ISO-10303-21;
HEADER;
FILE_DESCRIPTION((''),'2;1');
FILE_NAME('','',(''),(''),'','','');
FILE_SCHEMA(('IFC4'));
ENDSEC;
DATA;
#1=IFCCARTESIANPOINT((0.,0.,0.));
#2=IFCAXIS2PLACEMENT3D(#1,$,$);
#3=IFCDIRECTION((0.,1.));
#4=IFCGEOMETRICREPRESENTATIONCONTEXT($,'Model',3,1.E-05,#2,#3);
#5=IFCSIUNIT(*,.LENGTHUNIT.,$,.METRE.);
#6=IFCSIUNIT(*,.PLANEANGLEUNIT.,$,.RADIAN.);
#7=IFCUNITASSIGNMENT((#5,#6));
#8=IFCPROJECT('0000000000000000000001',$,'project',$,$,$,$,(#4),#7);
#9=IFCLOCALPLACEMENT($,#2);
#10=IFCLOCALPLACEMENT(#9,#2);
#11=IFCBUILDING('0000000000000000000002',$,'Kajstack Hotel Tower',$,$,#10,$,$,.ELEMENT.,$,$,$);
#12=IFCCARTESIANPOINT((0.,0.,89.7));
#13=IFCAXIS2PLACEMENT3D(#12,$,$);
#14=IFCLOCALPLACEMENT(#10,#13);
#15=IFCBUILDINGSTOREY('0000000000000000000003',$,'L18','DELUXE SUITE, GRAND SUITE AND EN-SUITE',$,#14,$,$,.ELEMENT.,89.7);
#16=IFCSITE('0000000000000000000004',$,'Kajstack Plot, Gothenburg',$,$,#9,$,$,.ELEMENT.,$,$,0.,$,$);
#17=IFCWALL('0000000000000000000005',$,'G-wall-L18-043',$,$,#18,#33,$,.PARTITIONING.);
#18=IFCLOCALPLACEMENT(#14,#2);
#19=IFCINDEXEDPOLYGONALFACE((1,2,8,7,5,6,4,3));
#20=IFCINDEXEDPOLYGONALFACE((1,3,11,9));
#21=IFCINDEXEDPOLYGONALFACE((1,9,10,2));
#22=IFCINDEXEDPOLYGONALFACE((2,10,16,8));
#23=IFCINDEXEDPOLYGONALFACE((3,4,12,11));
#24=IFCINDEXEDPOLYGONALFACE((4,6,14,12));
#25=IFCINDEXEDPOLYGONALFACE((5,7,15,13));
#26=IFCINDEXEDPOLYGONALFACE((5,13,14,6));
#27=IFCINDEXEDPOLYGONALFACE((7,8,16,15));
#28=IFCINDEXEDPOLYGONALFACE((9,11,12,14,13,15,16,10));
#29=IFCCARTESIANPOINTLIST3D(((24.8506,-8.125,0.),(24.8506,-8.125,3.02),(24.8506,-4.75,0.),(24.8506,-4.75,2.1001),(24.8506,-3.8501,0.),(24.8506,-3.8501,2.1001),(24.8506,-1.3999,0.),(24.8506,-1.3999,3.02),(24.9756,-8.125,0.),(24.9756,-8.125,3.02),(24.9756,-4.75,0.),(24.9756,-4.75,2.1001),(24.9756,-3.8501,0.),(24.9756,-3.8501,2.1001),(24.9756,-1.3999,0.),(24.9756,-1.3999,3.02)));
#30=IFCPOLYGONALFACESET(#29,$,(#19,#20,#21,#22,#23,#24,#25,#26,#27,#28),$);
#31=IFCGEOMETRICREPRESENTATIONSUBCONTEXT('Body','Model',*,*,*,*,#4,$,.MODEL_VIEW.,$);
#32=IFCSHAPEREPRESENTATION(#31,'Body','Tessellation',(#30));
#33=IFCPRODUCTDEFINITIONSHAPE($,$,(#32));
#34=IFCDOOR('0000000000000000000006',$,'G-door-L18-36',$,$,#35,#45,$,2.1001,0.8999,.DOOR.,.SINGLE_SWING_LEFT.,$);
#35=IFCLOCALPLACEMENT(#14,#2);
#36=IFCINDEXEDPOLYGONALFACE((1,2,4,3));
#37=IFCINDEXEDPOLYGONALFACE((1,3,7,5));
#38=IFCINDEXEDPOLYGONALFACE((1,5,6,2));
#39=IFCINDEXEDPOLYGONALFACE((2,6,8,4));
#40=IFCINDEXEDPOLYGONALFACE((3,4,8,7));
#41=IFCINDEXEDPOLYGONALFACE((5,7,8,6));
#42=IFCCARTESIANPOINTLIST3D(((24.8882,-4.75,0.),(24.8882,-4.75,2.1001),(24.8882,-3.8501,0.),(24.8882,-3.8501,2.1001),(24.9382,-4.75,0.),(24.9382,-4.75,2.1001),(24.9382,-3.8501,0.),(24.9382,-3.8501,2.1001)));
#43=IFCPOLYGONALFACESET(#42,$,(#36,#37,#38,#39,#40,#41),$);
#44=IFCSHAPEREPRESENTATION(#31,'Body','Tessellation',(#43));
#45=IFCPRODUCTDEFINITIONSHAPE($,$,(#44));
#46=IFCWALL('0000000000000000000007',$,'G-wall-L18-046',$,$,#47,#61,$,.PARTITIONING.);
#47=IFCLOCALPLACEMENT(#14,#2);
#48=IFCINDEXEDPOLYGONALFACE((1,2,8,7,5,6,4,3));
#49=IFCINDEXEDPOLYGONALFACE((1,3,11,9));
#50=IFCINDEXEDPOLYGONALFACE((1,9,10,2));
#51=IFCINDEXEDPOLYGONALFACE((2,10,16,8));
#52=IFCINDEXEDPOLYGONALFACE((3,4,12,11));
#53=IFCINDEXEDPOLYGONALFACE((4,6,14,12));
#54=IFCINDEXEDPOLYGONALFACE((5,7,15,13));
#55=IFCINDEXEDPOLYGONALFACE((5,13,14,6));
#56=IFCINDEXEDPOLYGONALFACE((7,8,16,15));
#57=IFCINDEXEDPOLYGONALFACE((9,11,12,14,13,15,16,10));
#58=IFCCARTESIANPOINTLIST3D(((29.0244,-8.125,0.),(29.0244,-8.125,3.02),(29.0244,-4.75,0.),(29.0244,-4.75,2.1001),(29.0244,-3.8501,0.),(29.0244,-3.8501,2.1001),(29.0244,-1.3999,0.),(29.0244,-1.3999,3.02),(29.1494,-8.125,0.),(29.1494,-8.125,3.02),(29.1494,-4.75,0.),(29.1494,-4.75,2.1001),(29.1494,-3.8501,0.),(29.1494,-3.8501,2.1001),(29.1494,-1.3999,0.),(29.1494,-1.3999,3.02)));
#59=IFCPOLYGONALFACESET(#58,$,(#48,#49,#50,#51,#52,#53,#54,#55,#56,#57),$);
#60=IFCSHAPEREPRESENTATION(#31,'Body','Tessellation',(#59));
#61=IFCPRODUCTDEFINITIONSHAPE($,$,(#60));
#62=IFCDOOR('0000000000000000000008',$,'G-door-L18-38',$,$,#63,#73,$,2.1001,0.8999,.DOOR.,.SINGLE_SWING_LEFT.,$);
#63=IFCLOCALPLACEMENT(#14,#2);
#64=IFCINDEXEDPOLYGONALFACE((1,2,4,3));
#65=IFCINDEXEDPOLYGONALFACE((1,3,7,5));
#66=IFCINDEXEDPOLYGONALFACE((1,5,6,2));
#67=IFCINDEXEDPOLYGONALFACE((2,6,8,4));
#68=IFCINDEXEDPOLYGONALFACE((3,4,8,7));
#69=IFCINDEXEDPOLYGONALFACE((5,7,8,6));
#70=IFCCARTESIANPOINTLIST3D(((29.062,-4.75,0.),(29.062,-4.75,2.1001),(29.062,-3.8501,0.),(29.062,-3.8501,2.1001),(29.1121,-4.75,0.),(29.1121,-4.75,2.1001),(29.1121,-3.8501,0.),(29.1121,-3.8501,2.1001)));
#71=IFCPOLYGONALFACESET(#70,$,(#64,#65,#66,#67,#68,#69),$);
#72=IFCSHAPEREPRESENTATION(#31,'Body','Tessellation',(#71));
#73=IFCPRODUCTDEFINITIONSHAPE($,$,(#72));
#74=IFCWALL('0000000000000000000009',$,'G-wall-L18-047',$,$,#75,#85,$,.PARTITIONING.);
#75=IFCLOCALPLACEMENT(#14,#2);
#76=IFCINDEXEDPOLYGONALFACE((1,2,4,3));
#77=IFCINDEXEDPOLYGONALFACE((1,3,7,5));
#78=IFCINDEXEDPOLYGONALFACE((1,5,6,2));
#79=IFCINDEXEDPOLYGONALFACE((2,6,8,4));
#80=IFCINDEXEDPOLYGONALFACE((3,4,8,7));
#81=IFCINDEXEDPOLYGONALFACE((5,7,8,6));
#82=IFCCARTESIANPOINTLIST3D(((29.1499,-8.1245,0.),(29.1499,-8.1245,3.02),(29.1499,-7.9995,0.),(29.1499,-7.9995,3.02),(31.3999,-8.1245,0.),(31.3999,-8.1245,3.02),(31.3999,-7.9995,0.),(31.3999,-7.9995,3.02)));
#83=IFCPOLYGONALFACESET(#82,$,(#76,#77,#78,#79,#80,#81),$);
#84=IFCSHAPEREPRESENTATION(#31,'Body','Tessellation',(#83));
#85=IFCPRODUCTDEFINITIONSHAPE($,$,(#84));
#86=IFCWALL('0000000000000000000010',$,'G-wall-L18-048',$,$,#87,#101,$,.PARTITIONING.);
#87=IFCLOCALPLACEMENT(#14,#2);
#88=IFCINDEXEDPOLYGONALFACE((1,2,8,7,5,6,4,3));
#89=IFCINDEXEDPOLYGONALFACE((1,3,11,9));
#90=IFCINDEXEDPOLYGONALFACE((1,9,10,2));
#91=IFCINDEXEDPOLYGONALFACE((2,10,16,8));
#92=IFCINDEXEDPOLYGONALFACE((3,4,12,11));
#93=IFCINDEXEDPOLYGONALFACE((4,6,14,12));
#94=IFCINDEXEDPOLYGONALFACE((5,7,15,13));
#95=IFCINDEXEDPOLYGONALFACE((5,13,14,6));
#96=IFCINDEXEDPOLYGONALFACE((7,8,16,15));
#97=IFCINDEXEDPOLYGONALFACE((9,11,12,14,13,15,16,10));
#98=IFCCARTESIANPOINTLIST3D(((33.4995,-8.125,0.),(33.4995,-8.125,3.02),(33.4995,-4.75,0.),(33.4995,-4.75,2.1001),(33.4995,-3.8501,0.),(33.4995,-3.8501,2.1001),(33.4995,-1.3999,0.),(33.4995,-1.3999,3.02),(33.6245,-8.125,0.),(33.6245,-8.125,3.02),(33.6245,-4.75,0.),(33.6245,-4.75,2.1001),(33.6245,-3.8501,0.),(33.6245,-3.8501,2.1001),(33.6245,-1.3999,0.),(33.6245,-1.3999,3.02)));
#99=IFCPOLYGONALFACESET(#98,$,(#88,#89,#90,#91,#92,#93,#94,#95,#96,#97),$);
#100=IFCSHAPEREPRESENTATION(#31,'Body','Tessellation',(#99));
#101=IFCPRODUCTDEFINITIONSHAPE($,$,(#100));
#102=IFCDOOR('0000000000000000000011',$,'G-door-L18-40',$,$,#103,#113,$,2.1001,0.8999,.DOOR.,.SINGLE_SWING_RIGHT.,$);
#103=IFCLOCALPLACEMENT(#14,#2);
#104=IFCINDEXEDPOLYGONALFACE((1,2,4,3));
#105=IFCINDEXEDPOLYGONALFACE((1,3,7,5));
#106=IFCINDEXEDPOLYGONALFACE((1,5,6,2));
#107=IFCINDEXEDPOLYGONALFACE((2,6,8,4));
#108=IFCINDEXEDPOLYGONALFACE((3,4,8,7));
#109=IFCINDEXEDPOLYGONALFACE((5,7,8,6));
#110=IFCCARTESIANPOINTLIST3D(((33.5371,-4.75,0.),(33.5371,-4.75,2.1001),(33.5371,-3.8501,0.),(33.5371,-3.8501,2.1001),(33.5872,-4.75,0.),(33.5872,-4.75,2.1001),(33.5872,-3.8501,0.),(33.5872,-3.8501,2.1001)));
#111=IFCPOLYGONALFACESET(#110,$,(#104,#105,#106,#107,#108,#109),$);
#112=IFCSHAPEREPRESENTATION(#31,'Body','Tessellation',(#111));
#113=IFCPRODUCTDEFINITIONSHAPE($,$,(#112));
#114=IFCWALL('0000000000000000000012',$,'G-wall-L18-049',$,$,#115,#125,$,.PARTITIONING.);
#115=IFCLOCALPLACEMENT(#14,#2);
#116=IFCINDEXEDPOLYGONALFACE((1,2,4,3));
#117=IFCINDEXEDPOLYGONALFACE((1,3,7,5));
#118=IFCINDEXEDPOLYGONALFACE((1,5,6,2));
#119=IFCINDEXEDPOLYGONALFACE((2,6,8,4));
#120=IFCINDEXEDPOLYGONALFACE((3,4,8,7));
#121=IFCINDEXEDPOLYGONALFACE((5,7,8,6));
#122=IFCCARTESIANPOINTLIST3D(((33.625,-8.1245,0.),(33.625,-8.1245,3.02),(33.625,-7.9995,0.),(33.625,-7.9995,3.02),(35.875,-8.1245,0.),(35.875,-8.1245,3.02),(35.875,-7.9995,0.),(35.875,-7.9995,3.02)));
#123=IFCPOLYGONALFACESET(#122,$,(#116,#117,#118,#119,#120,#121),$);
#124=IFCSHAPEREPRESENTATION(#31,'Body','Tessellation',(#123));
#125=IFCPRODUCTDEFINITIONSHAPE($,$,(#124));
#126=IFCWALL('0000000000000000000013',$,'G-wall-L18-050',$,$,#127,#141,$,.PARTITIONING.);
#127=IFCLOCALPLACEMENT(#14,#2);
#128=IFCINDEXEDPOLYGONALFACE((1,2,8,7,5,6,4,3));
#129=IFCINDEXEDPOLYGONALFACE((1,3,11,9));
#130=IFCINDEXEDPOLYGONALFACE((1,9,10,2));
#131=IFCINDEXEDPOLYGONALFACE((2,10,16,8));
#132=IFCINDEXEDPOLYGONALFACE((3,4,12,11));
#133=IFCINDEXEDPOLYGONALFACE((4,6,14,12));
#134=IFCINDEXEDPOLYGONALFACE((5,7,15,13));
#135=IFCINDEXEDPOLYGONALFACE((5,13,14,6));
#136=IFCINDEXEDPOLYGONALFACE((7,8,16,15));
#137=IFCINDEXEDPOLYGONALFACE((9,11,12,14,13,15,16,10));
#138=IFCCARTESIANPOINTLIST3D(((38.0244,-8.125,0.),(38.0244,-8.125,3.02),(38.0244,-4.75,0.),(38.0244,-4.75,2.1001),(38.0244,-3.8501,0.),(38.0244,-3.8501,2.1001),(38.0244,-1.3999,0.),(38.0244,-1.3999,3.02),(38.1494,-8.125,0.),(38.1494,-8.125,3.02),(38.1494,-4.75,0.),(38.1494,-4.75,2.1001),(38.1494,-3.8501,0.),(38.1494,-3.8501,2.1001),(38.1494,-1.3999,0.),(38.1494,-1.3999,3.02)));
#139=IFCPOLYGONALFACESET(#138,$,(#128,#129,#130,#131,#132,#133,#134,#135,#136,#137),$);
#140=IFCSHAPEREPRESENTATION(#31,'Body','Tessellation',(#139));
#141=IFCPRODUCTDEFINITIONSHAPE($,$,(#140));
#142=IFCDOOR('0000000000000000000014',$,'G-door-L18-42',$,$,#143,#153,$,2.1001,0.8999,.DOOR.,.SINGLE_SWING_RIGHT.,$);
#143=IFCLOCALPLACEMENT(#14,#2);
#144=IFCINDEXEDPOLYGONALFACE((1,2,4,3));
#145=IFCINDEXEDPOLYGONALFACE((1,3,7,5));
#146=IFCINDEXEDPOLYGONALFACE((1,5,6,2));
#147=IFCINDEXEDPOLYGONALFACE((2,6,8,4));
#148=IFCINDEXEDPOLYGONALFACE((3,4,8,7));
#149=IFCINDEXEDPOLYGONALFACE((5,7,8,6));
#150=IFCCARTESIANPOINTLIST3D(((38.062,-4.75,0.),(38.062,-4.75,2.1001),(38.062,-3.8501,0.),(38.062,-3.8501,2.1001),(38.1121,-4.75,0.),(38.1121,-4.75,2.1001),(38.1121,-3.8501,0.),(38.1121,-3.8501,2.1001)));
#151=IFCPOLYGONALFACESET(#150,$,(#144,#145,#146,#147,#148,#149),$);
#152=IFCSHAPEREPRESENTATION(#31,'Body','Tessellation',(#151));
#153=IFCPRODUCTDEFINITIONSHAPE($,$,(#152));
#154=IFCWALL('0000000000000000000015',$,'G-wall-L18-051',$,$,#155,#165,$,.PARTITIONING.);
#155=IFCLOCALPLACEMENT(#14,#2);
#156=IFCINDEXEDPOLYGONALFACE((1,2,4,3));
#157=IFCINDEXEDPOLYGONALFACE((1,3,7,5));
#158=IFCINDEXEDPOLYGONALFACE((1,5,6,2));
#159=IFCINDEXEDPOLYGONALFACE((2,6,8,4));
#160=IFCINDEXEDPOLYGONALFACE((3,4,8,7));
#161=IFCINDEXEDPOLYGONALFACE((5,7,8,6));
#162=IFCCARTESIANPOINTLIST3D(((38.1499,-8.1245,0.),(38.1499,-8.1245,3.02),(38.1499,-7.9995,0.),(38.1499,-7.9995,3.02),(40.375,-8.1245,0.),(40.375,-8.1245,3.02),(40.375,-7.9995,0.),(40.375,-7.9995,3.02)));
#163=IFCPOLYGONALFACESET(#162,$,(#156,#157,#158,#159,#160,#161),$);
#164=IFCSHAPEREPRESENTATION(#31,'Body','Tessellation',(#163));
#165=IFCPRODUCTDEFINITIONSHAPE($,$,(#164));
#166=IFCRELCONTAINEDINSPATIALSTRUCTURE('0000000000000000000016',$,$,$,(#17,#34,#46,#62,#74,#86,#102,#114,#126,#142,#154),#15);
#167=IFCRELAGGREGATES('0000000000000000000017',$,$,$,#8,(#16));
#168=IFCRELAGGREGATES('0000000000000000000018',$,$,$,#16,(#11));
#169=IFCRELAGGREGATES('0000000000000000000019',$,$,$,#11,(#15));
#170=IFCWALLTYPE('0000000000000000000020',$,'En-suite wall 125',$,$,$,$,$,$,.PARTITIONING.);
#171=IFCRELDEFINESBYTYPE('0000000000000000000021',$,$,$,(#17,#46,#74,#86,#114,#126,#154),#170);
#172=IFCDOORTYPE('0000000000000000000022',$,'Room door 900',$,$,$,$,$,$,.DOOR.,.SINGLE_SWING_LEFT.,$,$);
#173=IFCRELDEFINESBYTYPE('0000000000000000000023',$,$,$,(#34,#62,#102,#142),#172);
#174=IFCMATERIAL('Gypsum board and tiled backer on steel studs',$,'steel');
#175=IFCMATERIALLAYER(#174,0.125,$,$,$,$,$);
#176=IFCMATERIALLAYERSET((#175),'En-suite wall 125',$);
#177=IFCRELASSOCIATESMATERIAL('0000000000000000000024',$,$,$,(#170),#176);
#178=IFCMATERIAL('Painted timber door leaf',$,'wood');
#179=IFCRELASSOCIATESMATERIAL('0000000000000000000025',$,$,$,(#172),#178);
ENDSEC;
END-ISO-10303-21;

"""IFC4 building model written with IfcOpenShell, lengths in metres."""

from ifc_helpers import new_model, si_unit, direction, frame, frame_2d, origin, place, context, subcontext, project, spatial, rectangle, extrude, material, layer, layer_set, type_object, element, fill, save


model = new_model("IFC4")

# Units and contexts
model_context = context("Model", 3, precision=1e-05, world=origin(), true_north=direction((0.0, 1.0)))
body_context = subcontext(model_context, "Body", "Model", "MODEL_VIEW")
ifc_project = project(units=[si_unit("LENGTHUNIT", "METRE"), si_unit("PLANEANGLEUNIT", "RADIAN")], contexts=[model_context])

# Site, building, storey
site_placement = place(None, origin())
site = spatial("IfcSite", under=ifc_project, at=site_placement, Name="Kajstack Plot, Gothenburg", CompositionType="ELEMENT", RefElevation=0.0)
building_placement = place(site_placement, origin())
building = spatial("IfcBuilding", under=site, at=building_placement, Name="Kajstack Hotel Tower", CompositionType="ELEMENT")
storey_placement = place(building_placement, frame((0.0, 0.0, 89.7)))
storey = spatial("IfcBuildingStorey", under=building, at=storey_placement, Name="L18", Description="DELUXE SUITE, GRAND SUITE AND EN-SUITE", CompositionType="ELEMENT", Elevation=89.7)

# Walls, openings, doors
ifc_material_1 = material(Name="Gypsum board and tiled backer on steel studs", Category="steel")
ifc_layer_1 = layer(ifc_material_1, 0.125)
ifc_layer_set_1 = layer_set([ifc_layer_1], Name="En-suite wall 125")
wall_type_1 = type_object("IfcWallType", Name="En-suite wall 125", PredefinedType="PARTITIONING", material=ifc_layer_set_1)
wall_1_placement = place(storey_placement, frame((24.9131, -8.125, 0.0), z_axis=(0.0, 0.0, 1.0), x_axis=(0.0, 1.0, 0.0)))
wall_1 = element("IfcWall", 1, at=wall_1_placement, inside=storey, type_object=wall_type_1, Name="G-wall-L18-043", PredefinedType="PARTITIONING", context=body_context, shape_type="SweptSolid", body=[
    extrude(rectangle(XDim=6.7251, YDim=0.125, at=frame_2d((3.3625, 0.0))), origin(), (0.0, 0.0, 1.0), 3.02),
])
opening_1_placement = place(wall_1_placement, frame((3.375, 0.0, 0.0)))
opening_1 = element("IfcOpeningElement", 2, at=opening_1_placement, cuts=wall_1, PredefinedType="OPENING", context=body_context, shape_type="SweptSolid", body=[
    extrude(rectangle(XDim=0.8999, YDim=2.1001, at=frame_2d((0.45, 1.05))), frame((0.0, 0.0725, 0.0), z_axis=(0.0, -1.0, 0.0), x_axis=(1.0, 0.0, 0.0)), (0.0, 0.0, 1.0), 0.145),
])
ifc_material_2 = material(Name="Painted timber door leaf", Category="wood")
door_type_1 = type_object("IfcDoorType", Name="Room door 900", OperationType="SINGLE_SWING_LEFT", PredefinedType="DOOR", material=ifc_material_2)
door_1_placement = place(opening_1_placement, origin())
door_1 = element("IfcDoor", 3, at=door_1_placement, inside=storey, type_object=door_type_1, Name="G-door-L18-36", OperationType="SINGLE_SWING_LEFT", OverallHeight=2.1001, OverallWidth=0.8999, PredefinedType="DOOR", context=body_context, shape_type="SweptSolid", body=[
    extrude(rectangle(XDim=0.8999, YDim=2.1001, at=frame_2d((0.45, 1.05))), frame((0.0, 0.0249, 0.0), z_axis=(0.0, -1.0, 0.0), x_axis=(1.0, 0.0, 0.0)), (0.0, 0.0, 1.0), 0.05),
])
fill(opening_1, door_1)
wall_2_placement = place(storey_placement, frame((29.0869, -8.125, 0.0), z_axis=(0.0, 0.0, 1.0), x_axis=(0.0, 1.0, 0.0)))
wall_2 = element("IfcWall", 4, at=wall_2_placement, inside=storey, type_object=wall_type_1, Name="G-wall-L18-046", PredefinedType="PARTITIONING", context=body_context, shape_type="SweptSolid", body=[
    extrude(rectangle(XDim=6.7251, YDim=0.125, at=frame_2d((3.3625, 0.0))), origin(), (0.0, 0.0, 1.0), 3.02),
])
opening_2_placement = place(wall_2_placement, frame((3.375, 0.0, 0.0)))
opening_2 = element("IfcOpeningElement", 5, at=opening_2_placement, cuts=wall_2, PredefinedType="OPENING", context=body_context, shape_type="SweptSolid", body=[
    extrude(rectangle(XDim=0.8999, YDim=2.1001, at=frame_2d((0.45, 1.05))), frame((0.0, 0.0725, 0.0), z_axis=(0.0, -1.0, 0.0), x_axis=(1.0, 0.0, 0.0)), (0.0, 0.0, 1.0), 0.145),
])
door_2_placement = place(opening_2_placement, origin())
door_2 = element("IfcDoor", 6, at=door_2_placement, inside=storey, type_object=door_type_1, Name="G-door-L18-38", OperationType="SINGLE_SWING_LEFT", OverallHeight=2.1001, OverallWidth=0.8999, PredefinedType="DOOR", context=body_context, shape_type="SweptSolid", body=[
    extrude(rectangle(XDim=0.8999, YDim=2.1001, at=frame_2d((0.45, 1.05))), frame((0.0, 0.0249, 0.0), z_axis=(0.0, -1.0, 0.0), x_axis=(1.0, 0.0, 0.0)), (0.0, 0.0, 1.0), 0.05),
])
fill(opening_2, door_2)

# Wall
wall_3_placement = place(storey_placement, frame((29.1499, -8.062, 0.0), z_axis=(0.0, 0.0, 1.0), x_axis=(1.0, 0.0, 0.0)))
element("IfcWall", 7, at=wall_3_placement, inside=storey, type_object=wall_type_1, Name="G-wall-L18-047", PredefinedType="PARTITIONING", context=body_context, shape_type="SweptSolid", body=[
    extrude(rectangle(XDim=2.25, YDim=0.125, at=frame_2d((1.125, 0.0))), origin(), (0.0, 0.0, 1.0), 3.02),
])

# Wall, opening, door
wall_4_placement = place(storey_placement, frame((33.562, -8.125, 0.0), z_axis=(0.0, 0.0, 1.0), x_axis=(0.0, 1.0, 0.0)))
wall_4 = element("IfcWall", 8, at=wall_4_placement, inside=storey, type_object=wall_type_1, Name="G-wall-L18-048", PredefinedType="PARTITIONING", context=body_context, shape_type="SweptSolid", body=[
    extrude(rectangle(XDim=6.7251, YDim=0.125, at=frame_2d((3.3625, 0.0))), origin(), (0.0, 0.0, 1.0), 3.02),
])
opening_3_placement = place(wall_4_placement, frame((3.375, 0.0, 0.0)))
opening_3 = element("IfcOpeningElement", 9, at=opening_3_placement, cuts=wall_4, PredefinedType="OPENING", context=body_context, shape_type="SweptSolid", body=[
    extrude(rectangle(XDim=0.8999, YDim=2.1001, at=frame_2d((0.45, 1.05))), frame((0.0, 0.0725, 0.0), z_axis=(0.0, -1.0, 0.0), x_axis=(1.0, 0.0, 0.0)), (0.0, 0.0, 1.0), 0.145),
])
door_3_placement = place(opening_3_placement, origin())
door_3 = element("IfcDoor", 10, at=door_3_placement, inside=storey, type_object=door_type_1, Name="G-door-L18-40", OperationType="SINGLE_SWING_RIGHT", OverallHeight=2.1001, OverallWidth=0.8999, PredefinedType="DOOR", context=body_context, shape_type="SweptSolid", body=[
    extrude(rectangle(XDim=0.8999, YDim=2.1001, at=frame_2d((0.45, 1.05))), frame((0.0, 0.0249, 0.0), z_axis=(0.0, -1.0, 0.0), x_axis=(1.0, 0.0, 0.0)), (0.0, 0.0, 1.0), 0.05),
])
fill(opening_3, door_3)

# Wall
wall_5_placement = place(storey_placement, frame((33.625, -8.062, 0.0), z_axis=(0.0, 0.0, 1.0), x_axis=(1.0, 0.0, 0.0)))
element("IfcWall", 11, at=wall_5_placement, inside=storey, type_object=wall_type_1, Name="G-wall-L18-049", PredefinedType="PARTITIONING", context=body_context, shape_type="SweptSolid", body=[
    extrude(rectangle(XDim=2.25, YDim=0.125, at=frame_2d((1.125, 0.0))), origin(), (0.0, 0.0, 1.0), 3.02),
])

# Wall, opening, door
wall_6_placement = place(storey_placement, frame((38.0869, -8.125, 0.0), z_axis=(0.0, 0.0, 1.0), x_axis=(0.0, 1.0, 0.0)))
wall_6 = element("IfcWall", 12, at=wall_6_placement, inside=storey, type_object=wall_type_1, Name="G-wall-L18-050", PredefinedType="PARTITIONING", context=body_context, shape_type="SweptSolid", body=[
    extrude(rectangle(XDim=6.7251, YDim=0.125, at=frame_2d((3.3625, 0.0))), origin(), (0.0, 0.0, 1.0), 3.02),
])
opening_4_placement = place(wall_6_placement, frame((3.375, 0.0, 0.0)))
opening_4 = element("IfcOpeningElement", 13, at=opening_4_placement, cuts=wall_6, PredefinedType="OPENING", context=body_context, shape_type="SweptSolid", body=[
    extrude(rectangle(XDim=0.8999, YDim=2.1001, at=frame_2d((0.45, 1.05))), frame((0.0, 0.0725, 0.0), z_axis=(0.0, -1.0, 0.0), x_axis=(1.0, 0.0, 0.0)), (0.0, 0.0, 1.0), 0.145),
])
door_4_placement = place(opening_4_placement, origin())
door_4 = element("IfcDoor", 14, at=door_4_placement, inside=storey, type_object=door_type_1, Name="G-door-L18-42", OperationType="SINGLE_SWING_RIGHT", OverallHeight=2.1001, OverallWidth=0.8999, PredefinedType="DOOR", context=body_context, shape_type="SweptSolid", body=[
    extrude(rectangle(XDim=0.8999, YDim=2.1001, at=frame_2d((0.45, 1.05))), frame((0.0, 0.0249, 0.0), z_axis=(0.0, -1.0, 0.0), x_axis=(1.0, 0.0, 0.0)), (0.0, 0.0, 1.0), 0.05),
])
fill(opening_4, door_4)

# Wall
wall_7_placement = place(storey_placement, frame((38.1499, -8.062, 0.0), z_axis=(0.0, 0.0, 1.0), x_axis=(1.0, 0.0, 0.0)))
element("IfcWall", 15, at=wall_7_placement, inside=storey, type_object=wall_type_1, Name="G-wall-L18-051", PredefinedType="PARTITIONING", context=body_context, shape_type="SweptSolid", body=[
    extrude(rectangle(XDim=2.2251, YDim=0.125, at=frame_2d((1.1125, 0.0))), origin(), (0.0, 0.0, 1.0), 3.02),
])

save(model, "model.ifc")
